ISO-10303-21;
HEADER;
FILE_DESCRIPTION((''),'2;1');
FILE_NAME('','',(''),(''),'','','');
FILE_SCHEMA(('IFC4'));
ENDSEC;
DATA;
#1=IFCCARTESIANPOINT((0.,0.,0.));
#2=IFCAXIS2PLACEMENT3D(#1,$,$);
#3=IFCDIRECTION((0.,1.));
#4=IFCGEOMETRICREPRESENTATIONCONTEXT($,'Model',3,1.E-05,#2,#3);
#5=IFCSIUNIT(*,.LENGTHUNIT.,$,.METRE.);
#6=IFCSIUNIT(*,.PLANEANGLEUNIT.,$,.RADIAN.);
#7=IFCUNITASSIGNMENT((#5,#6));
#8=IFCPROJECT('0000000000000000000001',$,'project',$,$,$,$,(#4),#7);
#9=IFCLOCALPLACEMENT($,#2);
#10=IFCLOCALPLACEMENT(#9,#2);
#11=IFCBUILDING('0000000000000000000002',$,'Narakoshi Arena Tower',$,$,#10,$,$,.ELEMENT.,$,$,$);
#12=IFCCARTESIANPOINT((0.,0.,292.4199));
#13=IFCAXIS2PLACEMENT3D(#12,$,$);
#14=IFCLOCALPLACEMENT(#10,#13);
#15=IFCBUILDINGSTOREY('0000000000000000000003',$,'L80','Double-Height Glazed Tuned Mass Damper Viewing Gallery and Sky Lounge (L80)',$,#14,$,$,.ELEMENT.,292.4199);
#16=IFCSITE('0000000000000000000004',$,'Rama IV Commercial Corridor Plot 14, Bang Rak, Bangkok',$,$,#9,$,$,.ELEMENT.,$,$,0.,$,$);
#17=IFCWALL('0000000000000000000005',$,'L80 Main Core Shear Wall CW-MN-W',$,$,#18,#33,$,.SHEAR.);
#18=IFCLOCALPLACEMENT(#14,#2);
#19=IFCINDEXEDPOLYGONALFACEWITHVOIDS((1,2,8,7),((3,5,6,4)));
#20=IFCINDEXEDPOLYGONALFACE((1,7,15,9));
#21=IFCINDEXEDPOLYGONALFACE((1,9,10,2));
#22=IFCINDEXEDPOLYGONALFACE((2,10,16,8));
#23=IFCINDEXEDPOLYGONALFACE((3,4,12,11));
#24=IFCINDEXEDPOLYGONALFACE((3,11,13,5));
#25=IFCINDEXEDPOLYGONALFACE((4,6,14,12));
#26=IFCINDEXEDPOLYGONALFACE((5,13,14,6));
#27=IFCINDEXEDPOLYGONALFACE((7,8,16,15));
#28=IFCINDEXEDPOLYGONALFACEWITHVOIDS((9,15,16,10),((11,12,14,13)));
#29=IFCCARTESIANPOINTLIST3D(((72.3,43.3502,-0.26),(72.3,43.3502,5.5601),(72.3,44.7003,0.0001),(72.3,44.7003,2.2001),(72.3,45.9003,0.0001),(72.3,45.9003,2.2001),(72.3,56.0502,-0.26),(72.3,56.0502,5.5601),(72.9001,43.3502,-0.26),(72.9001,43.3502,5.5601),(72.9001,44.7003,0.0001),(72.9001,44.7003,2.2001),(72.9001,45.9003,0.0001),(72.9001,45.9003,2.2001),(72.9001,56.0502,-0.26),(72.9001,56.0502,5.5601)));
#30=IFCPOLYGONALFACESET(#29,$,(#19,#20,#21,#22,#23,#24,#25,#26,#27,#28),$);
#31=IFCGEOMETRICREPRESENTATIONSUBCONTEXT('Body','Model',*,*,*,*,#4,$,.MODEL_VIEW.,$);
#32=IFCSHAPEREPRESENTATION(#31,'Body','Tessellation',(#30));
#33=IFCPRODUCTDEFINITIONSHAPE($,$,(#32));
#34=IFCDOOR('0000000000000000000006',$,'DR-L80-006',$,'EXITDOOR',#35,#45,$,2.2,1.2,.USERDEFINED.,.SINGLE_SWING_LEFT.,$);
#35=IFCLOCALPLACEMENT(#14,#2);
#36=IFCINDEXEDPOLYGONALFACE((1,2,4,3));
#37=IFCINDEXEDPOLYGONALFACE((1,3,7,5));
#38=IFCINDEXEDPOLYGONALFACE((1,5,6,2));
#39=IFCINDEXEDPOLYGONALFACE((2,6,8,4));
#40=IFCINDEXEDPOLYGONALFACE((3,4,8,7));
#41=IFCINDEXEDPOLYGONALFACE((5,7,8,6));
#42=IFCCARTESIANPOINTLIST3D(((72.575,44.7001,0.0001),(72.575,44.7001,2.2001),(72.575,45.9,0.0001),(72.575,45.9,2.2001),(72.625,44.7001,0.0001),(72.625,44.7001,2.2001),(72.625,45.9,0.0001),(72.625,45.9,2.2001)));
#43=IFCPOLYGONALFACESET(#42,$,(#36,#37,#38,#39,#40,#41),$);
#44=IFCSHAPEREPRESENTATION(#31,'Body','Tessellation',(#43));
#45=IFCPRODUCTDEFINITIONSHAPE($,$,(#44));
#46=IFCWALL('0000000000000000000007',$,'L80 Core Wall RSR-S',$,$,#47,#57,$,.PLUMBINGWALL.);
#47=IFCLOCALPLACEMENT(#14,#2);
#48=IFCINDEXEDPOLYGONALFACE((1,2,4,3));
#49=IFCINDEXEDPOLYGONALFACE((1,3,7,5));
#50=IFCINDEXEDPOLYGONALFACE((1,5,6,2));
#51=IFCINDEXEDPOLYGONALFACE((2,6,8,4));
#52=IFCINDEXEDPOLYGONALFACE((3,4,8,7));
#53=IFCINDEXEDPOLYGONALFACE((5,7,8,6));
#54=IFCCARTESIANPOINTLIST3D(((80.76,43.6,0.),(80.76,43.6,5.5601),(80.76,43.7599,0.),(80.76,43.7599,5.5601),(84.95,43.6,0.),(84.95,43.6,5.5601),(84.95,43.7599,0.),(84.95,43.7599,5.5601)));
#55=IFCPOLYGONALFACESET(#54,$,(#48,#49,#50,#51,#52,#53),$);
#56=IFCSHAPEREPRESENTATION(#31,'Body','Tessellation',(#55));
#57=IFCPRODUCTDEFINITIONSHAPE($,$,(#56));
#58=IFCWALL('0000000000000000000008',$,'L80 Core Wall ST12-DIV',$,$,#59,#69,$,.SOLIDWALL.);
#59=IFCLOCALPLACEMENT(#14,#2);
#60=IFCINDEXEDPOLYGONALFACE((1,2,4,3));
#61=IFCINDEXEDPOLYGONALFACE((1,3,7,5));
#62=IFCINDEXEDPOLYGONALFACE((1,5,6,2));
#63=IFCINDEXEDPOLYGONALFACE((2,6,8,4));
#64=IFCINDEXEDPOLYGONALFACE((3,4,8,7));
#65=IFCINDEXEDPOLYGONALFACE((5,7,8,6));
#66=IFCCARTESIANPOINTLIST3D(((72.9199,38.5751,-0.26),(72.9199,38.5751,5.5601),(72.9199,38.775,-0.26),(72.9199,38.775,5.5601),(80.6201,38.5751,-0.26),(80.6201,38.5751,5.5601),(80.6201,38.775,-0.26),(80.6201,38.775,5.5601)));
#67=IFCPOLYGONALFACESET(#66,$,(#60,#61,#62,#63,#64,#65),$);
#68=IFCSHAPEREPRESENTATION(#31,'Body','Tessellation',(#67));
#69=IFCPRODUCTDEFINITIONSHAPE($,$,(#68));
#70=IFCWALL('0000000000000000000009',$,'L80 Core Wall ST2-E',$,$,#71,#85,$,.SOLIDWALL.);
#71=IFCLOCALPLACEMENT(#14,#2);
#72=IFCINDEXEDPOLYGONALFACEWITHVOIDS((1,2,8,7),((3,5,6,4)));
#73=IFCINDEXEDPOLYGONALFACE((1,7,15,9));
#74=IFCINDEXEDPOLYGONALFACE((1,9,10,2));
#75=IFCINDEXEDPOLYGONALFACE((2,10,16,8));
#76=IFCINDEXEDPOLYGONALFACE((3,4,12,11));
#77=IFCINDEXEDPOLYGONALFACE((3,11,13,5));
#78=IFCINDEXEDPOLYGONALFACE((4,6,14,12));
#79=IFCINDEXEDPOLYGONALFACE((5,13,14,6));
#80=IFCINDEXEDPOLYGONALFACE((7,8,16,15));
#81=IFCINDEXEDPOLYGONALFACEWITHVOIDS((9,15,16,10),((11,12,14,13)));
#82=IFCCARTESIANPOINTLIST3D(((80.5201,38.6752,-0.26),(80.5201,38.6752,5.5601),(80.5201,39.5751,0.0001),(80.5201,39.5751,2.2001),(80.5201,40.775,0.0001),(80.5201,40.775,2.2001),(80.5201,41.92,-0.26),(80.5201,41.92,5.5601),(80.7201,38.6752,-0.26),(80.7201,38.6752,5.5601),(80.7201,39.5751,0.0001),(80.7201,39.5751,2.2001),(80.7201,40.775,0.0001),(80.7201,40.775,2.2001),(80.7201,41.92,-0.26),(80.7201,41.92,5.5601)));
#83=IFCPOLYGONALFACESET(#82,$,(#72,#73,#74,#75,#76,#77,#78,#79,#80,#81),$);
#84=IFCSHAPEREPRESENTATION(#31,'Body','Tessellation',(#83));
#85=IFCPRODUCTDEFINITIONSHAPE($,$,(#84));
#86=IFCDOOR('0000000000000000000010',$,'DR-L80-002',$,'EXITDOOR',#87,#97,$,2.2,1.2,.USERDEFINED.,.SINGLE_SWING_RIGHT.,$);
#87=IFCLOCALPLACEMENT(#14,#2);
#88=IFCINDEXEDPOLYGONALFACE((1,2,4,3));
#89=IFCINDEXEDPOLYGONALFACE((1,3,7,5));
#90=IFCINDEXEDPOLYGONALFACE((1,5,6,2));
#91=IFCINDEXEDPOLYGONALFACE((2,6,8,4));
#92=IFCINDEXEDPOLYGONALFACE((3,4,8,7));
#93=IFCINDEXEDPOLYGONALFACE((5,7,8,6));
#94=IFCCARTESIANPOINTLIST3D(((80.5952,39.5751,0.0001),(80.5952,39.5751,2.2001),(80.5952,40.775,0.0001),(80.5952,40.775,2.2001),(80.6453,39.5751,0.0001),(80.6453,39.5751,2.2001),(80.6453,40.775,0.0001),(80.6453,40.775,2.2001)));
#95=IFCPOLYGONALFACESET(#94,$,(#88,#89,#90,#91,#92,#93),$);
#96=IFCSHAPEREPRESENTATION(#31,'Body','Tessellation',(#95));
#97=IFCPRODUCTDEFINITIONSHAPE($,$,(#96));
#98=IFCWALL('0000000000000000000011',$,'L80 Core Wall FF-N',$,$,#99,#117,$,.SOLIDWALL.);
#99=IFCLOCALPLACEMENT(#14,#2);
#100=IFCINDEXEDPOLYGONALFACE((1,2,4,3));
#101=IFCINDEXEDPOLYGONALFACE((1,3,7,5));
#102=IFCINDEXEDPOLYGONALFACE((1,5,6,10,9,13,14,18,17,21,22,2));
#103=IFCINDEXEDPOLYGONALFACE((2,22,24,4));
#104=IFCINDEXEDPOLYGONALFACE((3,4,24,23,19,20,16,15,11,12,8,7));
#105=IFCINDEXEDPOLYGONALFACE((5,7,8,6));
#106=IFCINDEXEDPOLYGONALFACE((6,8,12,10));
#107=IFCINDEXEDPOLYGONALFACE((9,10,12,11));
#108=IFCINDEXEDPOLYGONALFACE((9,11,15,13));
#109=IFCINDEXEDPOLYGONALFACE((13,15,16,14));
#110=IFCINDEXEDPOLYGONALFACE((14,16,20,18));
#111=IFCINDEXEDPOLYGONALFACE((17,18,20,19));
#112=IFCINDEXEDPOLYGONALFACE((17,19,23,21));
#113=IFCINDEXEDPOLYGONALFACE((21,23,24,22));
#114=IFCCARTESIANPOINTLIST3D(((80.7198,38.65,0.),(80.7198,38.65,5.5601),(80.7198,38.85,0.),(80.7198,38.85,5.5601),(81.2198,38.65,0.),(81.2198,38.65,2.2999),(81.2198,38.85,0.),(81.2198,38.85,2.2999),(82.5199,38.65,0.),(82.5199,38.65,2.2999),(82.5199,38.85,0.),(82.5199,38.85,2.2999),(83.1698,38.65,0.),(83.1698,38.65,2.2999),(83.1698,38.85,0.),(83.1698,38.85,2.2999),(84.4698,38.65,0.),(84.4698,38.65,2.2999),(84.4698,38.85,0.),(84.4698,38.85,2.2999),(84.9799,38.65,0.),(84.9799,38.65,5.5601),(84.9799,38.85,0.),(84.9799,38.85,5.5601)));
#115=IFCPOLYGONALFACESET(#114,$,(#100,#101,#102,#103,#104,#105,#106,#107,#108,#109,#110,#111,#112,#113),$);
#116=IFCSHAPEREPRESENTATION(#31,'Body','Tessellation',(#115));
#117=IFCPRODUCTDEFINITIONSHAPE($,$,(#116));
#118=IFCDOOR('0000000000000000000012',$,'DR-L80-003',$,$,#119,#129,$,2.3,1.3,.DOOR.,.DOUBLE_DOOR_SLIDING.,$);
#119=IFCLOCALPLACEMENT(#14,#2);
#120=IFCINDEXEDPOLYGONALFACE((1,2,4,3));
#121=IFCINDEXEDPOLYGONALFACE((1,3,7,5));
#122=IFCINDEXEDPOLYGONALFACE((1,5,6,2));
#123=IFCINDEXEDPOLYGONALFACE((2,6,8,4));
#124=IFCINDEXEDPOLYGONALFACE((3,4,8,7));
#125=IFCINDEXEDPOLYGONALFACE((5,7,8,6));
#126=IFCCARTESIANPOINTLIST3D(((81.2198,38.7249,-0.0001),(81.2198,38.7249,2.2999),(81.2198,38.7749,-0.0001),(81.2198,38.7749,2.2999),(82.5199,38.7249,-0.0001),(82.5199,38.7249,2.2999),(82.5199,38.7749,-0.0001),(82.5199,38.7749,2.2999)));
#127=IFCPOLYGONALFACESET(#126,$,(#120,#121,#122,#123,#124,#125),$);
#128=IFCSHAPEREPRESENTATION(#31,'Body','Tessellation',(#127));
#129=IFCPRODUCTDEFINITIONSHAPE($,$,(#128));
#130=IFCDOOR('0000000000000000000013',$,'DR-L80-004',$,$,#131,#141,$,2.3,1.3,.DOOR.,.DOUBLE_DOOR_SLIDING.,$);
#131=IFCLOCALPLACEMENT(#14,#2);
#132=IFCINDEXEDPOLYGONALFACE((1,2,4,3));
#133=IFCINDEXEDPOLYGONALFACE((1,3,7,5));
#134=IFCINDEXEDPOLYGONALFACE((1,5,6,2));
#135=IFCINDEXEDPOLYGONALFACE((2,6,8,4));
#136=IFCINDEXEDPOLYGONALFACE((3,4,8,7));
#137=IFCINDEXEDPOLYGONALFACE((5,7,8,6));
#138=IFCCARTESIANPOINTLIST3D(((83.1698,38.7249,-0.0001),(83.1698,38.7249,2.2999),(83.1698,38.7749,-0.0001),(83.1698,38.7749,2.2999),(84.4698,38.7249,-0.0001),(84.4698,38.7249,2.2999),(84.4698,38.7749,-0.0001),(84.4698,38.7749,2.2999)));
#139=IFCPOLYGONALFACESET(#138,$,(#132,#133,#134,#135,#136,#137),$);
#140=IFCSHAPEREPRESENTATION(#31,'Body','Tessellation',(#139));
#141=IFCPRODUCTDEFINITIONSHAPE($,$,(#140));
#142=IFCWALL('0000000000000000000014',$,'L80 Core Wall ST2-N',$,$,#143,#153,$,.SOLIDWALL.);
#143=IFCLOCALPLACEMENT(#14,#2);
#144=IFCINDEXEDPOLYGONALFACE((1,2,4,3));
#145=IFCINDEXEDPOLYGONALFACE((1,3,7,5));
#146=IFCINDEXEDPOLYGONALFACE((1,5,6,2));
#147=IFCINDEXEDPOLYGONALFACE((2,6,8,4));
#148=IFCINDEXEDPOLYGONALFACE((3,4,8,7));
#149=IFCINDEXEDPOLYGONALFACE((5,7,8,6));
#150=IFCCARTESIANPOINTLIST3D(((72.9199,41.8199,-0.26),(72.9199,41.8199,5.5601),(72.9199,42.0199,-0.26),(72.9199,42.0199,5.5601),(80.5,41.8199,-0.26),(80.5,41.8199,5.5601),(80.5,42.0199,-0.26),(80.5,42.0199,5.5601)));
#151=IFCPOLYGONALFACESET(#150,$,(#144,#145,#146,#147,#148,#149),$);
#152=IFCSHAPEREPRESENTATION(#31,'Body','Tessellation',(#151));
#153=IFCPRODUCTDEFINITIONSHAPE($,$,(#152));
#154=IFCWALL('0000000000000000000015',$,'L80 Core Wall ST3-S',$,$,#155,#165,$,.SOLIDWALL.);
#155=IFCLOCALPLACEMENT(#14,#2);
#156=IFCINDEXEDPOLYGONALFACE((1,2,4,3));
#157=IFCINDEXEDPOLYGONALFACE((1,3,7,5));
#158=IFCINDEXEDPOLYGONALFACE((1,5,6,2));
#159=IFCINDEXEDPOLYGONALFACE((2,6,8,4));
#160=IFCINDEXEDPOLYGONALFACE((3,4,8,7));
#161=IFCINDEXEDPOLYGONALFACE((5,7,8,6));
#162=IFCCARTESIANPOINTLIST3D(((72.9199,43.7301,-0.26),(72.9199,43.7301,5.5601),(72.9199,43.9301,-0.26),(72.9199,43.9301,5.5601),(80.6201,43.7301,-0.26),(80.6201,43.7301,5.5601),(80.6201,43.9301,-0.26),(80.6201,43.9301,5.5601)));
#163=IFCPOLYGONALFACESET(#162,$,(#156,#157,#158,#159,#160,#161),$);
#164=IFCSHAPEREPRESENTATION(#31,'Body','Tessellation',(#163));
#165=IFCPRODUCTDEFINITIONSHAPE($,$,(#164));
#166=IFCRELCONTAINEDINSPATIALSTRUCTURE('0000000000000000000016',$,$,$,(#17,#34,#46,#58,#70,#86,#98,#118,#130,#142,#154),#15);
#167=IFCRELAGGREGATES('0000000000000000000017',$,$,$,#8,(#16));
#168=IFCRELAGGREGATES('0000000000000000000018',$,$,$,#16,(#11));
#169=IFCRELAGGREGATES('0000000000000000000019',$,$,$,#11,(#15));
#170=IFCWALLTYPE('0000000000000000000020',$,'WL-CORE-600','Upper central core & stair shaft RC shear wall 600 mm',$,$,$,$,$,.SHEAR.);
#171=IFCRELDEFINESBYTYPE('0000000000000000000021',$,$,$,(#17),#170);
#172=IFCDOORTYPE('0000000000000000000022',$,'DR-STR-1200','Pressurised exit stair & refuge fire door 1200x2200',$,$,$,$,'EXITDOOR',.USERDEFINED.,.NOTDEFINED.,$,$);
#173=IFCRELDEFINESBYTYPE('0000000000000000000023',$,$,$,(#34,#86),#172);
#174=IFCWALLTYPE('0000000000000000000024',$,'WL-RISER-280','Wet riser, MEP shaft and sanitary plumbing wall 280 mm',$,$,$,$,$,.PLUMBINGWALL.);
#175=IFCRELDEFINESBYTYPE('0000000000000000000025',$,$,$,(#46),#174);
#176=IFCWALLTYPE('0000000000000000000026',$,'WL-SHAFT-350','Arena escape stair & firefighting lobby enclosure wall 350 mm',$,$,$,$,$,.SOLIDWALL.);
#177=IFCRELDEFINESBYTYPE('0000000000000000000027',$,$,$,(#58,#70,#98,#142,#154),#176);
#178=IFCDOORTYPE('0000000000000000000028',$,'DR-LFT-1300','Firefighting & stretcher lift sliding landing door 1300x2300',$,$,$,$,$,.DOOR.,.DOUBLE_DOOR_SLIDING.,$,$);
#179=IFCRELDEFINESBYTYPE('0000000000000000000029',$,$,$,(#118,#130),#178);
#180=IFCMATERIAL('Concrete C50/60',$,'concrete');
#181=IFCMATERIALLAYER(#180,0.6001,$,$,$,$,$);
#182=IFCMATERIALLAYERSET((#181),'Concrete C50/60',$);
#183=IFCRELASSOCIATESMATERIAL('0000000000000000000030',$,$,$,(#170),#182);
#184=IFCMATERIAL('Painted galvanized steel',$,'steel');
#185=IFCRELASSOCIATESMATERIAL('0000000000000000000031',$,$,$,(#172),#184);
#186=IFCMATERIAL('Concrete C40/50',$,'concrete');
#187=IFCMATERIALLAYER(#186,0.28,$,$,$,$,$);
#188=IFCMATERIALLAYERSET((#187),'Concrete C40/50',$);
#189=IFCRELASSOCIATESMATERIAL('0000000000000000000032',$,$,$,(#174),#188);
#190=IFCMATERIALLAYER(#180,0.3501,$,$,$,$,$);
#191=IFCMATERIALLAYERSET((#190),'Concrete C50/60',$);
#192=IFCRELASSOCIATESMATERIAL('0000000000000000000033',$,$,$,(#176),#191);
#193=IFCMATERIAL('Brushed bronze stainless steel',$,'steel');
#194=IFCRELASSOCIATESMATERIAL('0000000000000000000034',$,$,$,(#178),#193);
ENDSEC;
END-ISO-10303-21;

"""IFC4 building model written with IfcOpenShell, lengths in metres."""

from ifc_helpers import new_model, si_unit, direction, frame, frame_2d, origin, place, context, subcontext, project, spatial, rectangle, extrude, material, layer, layer_set, type_object, element, fill, save


model = new_model("IFC4")

# Units and contexts
model_context = context("Model", 3, precision=1e-05, world=origin(), true_north=direction((0.0, 1.0)))
body_context = subcontext(model_context, "Body", "Model", "MODEL_VIEW")
ifc_project = project(units=[si_unit("LENGTHUNIT", "METRE"), si_unit("PLANEANGLEUNIT", "RADIAN")], contexts=[model_context])

# Site, building, storey
site_placement = place(None, origin())
site = spatial("IfcSite", under=ifc_project, at=site_placement, Name="Rama IV Commercial Corridor Plot 14, Bang Rak, Bangkok", CompositionType="ELEMENT", RefElevation=0.0)
building_placement = place(site_placement, origin())
building = spatial("IfcBuilding", under=site, at=building_placement, Name="Narakoshi Arena Tower", CompositionType="ELEMENT")
storey_placement = place(building_placement, frame((0.0, 0.0, 292.4199)))
storey = spatial("IfcBuildingStorey", under=building, at=storey_placement, Name="L80", Description="Double-Height Glazed Tuned Mass Damper Viewing Gallery and Sky Lounge (L80)", CompositionType="ELEMENT", Elevation=292.4199)

# Wall, opening, door
ifc_material_1 = material(Name="Concrete C50/60", Category="concrete")
ifc_layer_1 = layer(ifc_material_1, 0.6001)
ifc_layer_set_1 = layer_set([ifc_layer_1], Name="Concrete C50/60")
wall_type_1 = type_object("IfcWallType", Name="WL-CORE-600", Description="Upper central core & stair shaft RC shear wall 600 mm", PredefinedType="SHEAR", material=ifc_layer_set_1)
wall_1_placement = place(storey_placement, frame((72.6001, 43.3501, -0.26), z_axis=(0.0, 0.0, 1.0), x_axis=(0.0, 1.0, 0.0)))
wall_1 = element("IfcWall", 1, at=wall_1_placement, inside=storey, type_object=wall_type_1, Name="L80 Main Core Shear Wall CW-MN-W", PredefinedType="SHEAR", context=body_context, shape_type="SweptSolid", body=[
    extrude(rectangle(XDim=12.7, YDim=0.6001, at=frame_2d((6.3501, 0.0))), origin(), (0.0, 0.0, 1.0), 5.8201),
])
opening_1_placement = place(wall_1_placement, frame((1.3501, 0.0, 0.26)))
opening_1 = element("IfcOpeningElement", 2, at=opening_1_placement, cuts=wall_1, PredefinedType="OPENING", context=body_context, shape_type="SweptSolid", body=[
    extrude(rectangle(XDim=1.2, YDim=2.2, at=frame_2d((0.6001, 1.1001))), frame((0.0, 0.3101, 0.0), z_axis=(0.0, -1.0, 0.0), x_axis=(1.0, 0.0, 0.0)), (0.0, 0.0, 1.0), 0.6201),
])
ifc_material_2 = material(Name="Painted galvanized steel", Category="steel")
door_type_1 = type_object("IfcDoorType", Name="DR-STR-1200", Description="Pressurised exit stair & refuge fire door 1200x2200", ElementType="EXITDOOR", OperationType="NOTDEFINED", PredefinedType="USERDEFINED", material=ifc_material_2)
door_1_placement = place(opening_1_placement, frame((1.2, 0.0, 0.0), z_axis=(0.0, 0.0, 1.0), x_axis=(-1.0, 0.0, 0.0)))
door_1 = element("IfcDoor", 3, at=door_1_placement, inside=storey, type_object=door_type_1, Name="DR-L80-006", ObjectType="EXITDOOR", OperationType="SINGLE_SWING_LEFT", OverallHeight=2.2, OverallWidth=1.2, PredefinedType="USERDEFINED", context=body_context, shape_type="SweptSolid", body=[
    extrude(rectangle(XDim=1.2, YDim=2.2, at=frame_2d((0.6001, 1.1001))), frame((0.0, 0.0249, 0.0), z_axis=(0.0, -1.0, 0.0), x_axis=(1.0, 0.0, 0.0)), (0.0, 0.0, 1.0), 0.05),
])
fill(opening_1, door_1)

# Walls
ifc_material_3 = material(Name="Concrete C40/50", Category="concrete")
ifc_layer_2 = layer(ifc_material_3, 0.28)
ifc_layer_set_2 = layer_set([ifc_layer_2], Name="Concrete C40/50")
wall_type_2 = type_object("IfcWallType", Name="WL-RISER-280", Description="Wet riser, MEP shaft and sanitary plumbing wall 280 mm", PredefinedType="PLUMBINGWALL", material=ifc_layer_set_2)
wall_2_placement = place(storey_placement, frame((80.76, 43.6799, 0.0), z_axis=(0.0, 0.0, 1.0), x_axis=(1.0, 0.0, 0.0)))
element("IfcWall", 4, at=wall_2_placement, inside=storey, type_object=wall_type_2, Name="L80 Core Wall RSR-S", PredefinedType="PLUMBINGWALL", context=body_context, shape_type="SweptSolid", body=[
    extrude(rectangle(XDim=4.1899, YDim=0.1599, at=frame_2d((2.095, 0.0))), origin(), (0.0, 0.0, 1.0), 5.5601),
])
ifc_layer_3 = layer(ifc_material_1, 0.3501)
ifc_layer_set_3 = layer_set([ifc_layer_3], Name="Concrete C50/60")
wall_type_3 = type_object("IfcWallType", Name="WL-SHAFT-350", Description="Arena escape stair & firefighting lobby enclosure wall 350 mm", PredefinedType="SOLIDWALL", material=ifc_layer_set_3)
wall_3_placement = place(storey_placement, frame((72.9199, 38.675, -0.26), z_axis=(0.0, 0.0, 1.0), x_axis=(1.0, 0.0, 0.0)))
element("IfcWall", 5, at=wall_3_placement, inside=storey, type_object=wall_type_3, Name="L80 Core Wall ST12-DIV", PredefinedType="SOLIDWALL", context=body_context, shape_type="SweptSolid", body=[
    extrude(rectangle(XDim=7.7002, YDim=0.2, at=frame_2d((3.8501, 0.0))), origin(), (0.0, 0.0, 1.0), 5.8201),
])

# Wall, opening, door
wall_4_placement = place(storey_placement, frame((80.6201, 38.675, -0.26), z_axis=(0.0, 0.0, 1.0), x_axis=(0.0, 1.0, 0.0)))
wall_4 = element("IfcWall", 6, at=wall_4_placement, inside=storey, type_object=wall_type_3, Name="L80 Core Wall ST2-E", PredefinedType="SOLIDWALL", context=body_context, shape_type="SweptSolid", body=[
    extrude(rectangle(XDim=3.2449, YDim=0.2, at=frame_2d((1.6226, 0.0))), origin(), (0.0, 0.0, 1.0), 5.8201),
])
opening_2_placement = place(wall_4_placement, frame((0.8999, 0.0, 0.26)))
opening_2 = element("IfcOpeningElement", 7, at=opening_2_placement, cuts=wall_4, PredefinedType="OPENING", context=body_context, shape_type="SweptSolid", body=[
    extrude(rectangle(XDim=1.2, YDim=2.2, at=frame_2d((0.6001, 1.1001))), frame((0.0, 0.1099, 0.0), z_axis=(0.0, -1.0, 0.0), x_axis=(1.0, 0.0, 0.0)), (0.0, 0.0, 1.0), 0.22),
])
door_2_placement = place(opening_2_placement, origin())
door_2 = element("IfcDoor", 8, at=door_2_placement, inside=storey, type_object=door_type_1, Name="DR-L80-002", ObjectType="EXITDOOR", OperationType="SINGLE_SWING_RIGHT", OverallHeight=2.2, OverallWidth=1.2, PredefinedType="USERDEFINED", context=body_context, shape_type="SweptSolid", body=[
    extrude(rectangle(XDim=1.2, YDim=2.2, at=frame_2d((0.6001, 1.1001))), frame((0.0, 0.0249, 0.0), z_axis=(0.0, -1.0, 0.0), x_axis=(1.0, 0.0, 0.0)), (0.0, 0.0, 1.0), 0.05),
])
fill(opening_2, door_2)

# Wall, openings, doors
wall_5_placement = place(storey_placement, frame((80.72, 38.75, 0.0), z_axis=(0.0, 0.0, 1.0), x_axis=(1.0, 0.0, 0.0)))
wall_5 = element("IfcWall", 9, at=wall_5_placement, inside=storey, type_object=wall_type_3, Name="L80 Core Wall FF-N", PredefinedType="SOLIDWALL", context=body_context, shape_type="SweptSolid", body=[
    extrude(rectangle(XDim=4.26, YDim=0.2, at=frame_2d((2.1299, 0.0))), origin(), (0.0, 0.0, 1.0), 5.5601),
])
opening_3_placement = place(wall_5_placement, frame((0.5, 0.0, 0.0)))
opening_3 = element("IfcOpeningElement", 10, at=opening_3_placement, cuts=wall_5, PredefinedType="OPENING", context=body_context, shape_type="SweptSolid", body=[
    extrude(rectangle(XDim=1.3, YDim=2.3, at=frame_2d((0.6499, 1.1499))), frame((0.0, 0.1099, 0.0), z_axis=(0.0, -1.0, 0.0), x_axis=(1.0, 0.0, 0.0)), (0.0, 0.0, 1.0), 0.22),
])
opening_4_placement = place(wall_5_placement, frame((2.45, 0.0, 0.0)))
opening_4 = element("IfcOpeningElement", 11, at=opening_4_placement, cuts=wall_5, PredefinedType="OPENING", context=body_context, shape_type="SweptSolid", body=[
    extrude(rectangle(XDim=1.3, YDim=2.3, at=frame_2d((0.6499, 1.1499))), frame((0.0, 0.1099, 0.0), z_axis=(0.0, -1.0, 0.0), x_axis=(1.0, 0.0, 0.0)), (0.0, 0.0, 1.0), 0.22),
])
ifc_material_4 = material(Name="Brushed bronze stainless steel", Category="steel")
door_type_2 = type_object("IfcDoorType", Name="DR-LFT-1300", Description="Firefighting & stretcher lift sliding landing door 1300x2300", OperationType="DOUBLE_DOOR_SLIDING", PredefinedType="DOOR", material=ifc_material_4)
door_3_placement = place(opening_3_placement, origin())
door_3 = element("IfcDoor", 12, at=door_3_placement, inside=storey, type_object=door_type_2, Name="DR-L80-003", OperationType="DOUBLE_DOOR_SLIDING", OverallHeight=2.3, OverallWidth=1.3, PredefinedType="DOOR", context=body_context, shape_type="SweptSolid", body=[
    extrude(rectangle(XDim=1.3, YDim=2.3, at=frame_2d((0.6499, 1.1499))), frame((0.0, 0.0249, 0.0), z_axis=(0.0, -1.0, 0.0), x_axis=(1.0, 0.0, 0.0)), (0.0, 0.0, 1.0), 0.05),
])
fill(opening_3, door_3)
door_4_placement = place(opening_4_placement, origin())
door_4 = element("IfcDoor", 13, at=door_4_placement, inside=storey, type_object=door_type_2, Name="DR-L80-004", OperationType="DOUBLE_DOOR_SLIDING", OverallHeight=2.3, OverallWidth=1.3, PredefinedType="DOOR", context=body_context, shape_type="SweptSolid", body=[
    extrude(rectangle(XDim=1.3, YDim=2.3, at=frame_2d((0.6499, 1.1499))), frame((0.0, 0.0249, 0.0), z_axis=(0.0, -1.0, 0.0), x_axis=(1.0, 0.0, 0.0)), (0.0, 0.0, 1.0), 0.05),
])
fill(opening_4, door_4)

# Walls
wall_6_placement = place(storey_placement, frame((72.9199, 41.9199, -0.26), z_axis=(0.0, 0.0, 1.0), x_axis=(1.0, 0.0, 0.0)))
element("IfcWall", 14, at=wall_6_placement, inside=storey, type_object=wall_type_3, Name="L80 Core Wall ST2-N", PredefinedType="SOLIDWALL", context=body_context, shape_type="SweptSolid", body=[
    extrude(rectangle(XDim=7.5801, YDim=0.2, at=frame_2d((3.79, 0.0))), origin(), (0.0, 0.0, 1.0), 5.8201),
])
wall_7_placement = place(storey_placement, frame((72.9199, 43.8301, -0.26), z_axis=(0.0, 0.0, 1.0), x_axis=(1.0, 0.0, 0.0)))
element("IfcWall", 15, at=wall_7_placement, inside=storey, type_object=wall_type_3, Name="L80 Core Wall ST3-S", PredefinedType="SOLIDWALL", context=body_context, shape_type="SweptSolid", body=[
    extrude(rectangle(XDim=7.7002, YDim=0.2, at=frame_2d((3.8501, 0.0))), origin(), (0.0, 0.0, 1.0), 5.8201),
])

save(model, "model.ifc")
